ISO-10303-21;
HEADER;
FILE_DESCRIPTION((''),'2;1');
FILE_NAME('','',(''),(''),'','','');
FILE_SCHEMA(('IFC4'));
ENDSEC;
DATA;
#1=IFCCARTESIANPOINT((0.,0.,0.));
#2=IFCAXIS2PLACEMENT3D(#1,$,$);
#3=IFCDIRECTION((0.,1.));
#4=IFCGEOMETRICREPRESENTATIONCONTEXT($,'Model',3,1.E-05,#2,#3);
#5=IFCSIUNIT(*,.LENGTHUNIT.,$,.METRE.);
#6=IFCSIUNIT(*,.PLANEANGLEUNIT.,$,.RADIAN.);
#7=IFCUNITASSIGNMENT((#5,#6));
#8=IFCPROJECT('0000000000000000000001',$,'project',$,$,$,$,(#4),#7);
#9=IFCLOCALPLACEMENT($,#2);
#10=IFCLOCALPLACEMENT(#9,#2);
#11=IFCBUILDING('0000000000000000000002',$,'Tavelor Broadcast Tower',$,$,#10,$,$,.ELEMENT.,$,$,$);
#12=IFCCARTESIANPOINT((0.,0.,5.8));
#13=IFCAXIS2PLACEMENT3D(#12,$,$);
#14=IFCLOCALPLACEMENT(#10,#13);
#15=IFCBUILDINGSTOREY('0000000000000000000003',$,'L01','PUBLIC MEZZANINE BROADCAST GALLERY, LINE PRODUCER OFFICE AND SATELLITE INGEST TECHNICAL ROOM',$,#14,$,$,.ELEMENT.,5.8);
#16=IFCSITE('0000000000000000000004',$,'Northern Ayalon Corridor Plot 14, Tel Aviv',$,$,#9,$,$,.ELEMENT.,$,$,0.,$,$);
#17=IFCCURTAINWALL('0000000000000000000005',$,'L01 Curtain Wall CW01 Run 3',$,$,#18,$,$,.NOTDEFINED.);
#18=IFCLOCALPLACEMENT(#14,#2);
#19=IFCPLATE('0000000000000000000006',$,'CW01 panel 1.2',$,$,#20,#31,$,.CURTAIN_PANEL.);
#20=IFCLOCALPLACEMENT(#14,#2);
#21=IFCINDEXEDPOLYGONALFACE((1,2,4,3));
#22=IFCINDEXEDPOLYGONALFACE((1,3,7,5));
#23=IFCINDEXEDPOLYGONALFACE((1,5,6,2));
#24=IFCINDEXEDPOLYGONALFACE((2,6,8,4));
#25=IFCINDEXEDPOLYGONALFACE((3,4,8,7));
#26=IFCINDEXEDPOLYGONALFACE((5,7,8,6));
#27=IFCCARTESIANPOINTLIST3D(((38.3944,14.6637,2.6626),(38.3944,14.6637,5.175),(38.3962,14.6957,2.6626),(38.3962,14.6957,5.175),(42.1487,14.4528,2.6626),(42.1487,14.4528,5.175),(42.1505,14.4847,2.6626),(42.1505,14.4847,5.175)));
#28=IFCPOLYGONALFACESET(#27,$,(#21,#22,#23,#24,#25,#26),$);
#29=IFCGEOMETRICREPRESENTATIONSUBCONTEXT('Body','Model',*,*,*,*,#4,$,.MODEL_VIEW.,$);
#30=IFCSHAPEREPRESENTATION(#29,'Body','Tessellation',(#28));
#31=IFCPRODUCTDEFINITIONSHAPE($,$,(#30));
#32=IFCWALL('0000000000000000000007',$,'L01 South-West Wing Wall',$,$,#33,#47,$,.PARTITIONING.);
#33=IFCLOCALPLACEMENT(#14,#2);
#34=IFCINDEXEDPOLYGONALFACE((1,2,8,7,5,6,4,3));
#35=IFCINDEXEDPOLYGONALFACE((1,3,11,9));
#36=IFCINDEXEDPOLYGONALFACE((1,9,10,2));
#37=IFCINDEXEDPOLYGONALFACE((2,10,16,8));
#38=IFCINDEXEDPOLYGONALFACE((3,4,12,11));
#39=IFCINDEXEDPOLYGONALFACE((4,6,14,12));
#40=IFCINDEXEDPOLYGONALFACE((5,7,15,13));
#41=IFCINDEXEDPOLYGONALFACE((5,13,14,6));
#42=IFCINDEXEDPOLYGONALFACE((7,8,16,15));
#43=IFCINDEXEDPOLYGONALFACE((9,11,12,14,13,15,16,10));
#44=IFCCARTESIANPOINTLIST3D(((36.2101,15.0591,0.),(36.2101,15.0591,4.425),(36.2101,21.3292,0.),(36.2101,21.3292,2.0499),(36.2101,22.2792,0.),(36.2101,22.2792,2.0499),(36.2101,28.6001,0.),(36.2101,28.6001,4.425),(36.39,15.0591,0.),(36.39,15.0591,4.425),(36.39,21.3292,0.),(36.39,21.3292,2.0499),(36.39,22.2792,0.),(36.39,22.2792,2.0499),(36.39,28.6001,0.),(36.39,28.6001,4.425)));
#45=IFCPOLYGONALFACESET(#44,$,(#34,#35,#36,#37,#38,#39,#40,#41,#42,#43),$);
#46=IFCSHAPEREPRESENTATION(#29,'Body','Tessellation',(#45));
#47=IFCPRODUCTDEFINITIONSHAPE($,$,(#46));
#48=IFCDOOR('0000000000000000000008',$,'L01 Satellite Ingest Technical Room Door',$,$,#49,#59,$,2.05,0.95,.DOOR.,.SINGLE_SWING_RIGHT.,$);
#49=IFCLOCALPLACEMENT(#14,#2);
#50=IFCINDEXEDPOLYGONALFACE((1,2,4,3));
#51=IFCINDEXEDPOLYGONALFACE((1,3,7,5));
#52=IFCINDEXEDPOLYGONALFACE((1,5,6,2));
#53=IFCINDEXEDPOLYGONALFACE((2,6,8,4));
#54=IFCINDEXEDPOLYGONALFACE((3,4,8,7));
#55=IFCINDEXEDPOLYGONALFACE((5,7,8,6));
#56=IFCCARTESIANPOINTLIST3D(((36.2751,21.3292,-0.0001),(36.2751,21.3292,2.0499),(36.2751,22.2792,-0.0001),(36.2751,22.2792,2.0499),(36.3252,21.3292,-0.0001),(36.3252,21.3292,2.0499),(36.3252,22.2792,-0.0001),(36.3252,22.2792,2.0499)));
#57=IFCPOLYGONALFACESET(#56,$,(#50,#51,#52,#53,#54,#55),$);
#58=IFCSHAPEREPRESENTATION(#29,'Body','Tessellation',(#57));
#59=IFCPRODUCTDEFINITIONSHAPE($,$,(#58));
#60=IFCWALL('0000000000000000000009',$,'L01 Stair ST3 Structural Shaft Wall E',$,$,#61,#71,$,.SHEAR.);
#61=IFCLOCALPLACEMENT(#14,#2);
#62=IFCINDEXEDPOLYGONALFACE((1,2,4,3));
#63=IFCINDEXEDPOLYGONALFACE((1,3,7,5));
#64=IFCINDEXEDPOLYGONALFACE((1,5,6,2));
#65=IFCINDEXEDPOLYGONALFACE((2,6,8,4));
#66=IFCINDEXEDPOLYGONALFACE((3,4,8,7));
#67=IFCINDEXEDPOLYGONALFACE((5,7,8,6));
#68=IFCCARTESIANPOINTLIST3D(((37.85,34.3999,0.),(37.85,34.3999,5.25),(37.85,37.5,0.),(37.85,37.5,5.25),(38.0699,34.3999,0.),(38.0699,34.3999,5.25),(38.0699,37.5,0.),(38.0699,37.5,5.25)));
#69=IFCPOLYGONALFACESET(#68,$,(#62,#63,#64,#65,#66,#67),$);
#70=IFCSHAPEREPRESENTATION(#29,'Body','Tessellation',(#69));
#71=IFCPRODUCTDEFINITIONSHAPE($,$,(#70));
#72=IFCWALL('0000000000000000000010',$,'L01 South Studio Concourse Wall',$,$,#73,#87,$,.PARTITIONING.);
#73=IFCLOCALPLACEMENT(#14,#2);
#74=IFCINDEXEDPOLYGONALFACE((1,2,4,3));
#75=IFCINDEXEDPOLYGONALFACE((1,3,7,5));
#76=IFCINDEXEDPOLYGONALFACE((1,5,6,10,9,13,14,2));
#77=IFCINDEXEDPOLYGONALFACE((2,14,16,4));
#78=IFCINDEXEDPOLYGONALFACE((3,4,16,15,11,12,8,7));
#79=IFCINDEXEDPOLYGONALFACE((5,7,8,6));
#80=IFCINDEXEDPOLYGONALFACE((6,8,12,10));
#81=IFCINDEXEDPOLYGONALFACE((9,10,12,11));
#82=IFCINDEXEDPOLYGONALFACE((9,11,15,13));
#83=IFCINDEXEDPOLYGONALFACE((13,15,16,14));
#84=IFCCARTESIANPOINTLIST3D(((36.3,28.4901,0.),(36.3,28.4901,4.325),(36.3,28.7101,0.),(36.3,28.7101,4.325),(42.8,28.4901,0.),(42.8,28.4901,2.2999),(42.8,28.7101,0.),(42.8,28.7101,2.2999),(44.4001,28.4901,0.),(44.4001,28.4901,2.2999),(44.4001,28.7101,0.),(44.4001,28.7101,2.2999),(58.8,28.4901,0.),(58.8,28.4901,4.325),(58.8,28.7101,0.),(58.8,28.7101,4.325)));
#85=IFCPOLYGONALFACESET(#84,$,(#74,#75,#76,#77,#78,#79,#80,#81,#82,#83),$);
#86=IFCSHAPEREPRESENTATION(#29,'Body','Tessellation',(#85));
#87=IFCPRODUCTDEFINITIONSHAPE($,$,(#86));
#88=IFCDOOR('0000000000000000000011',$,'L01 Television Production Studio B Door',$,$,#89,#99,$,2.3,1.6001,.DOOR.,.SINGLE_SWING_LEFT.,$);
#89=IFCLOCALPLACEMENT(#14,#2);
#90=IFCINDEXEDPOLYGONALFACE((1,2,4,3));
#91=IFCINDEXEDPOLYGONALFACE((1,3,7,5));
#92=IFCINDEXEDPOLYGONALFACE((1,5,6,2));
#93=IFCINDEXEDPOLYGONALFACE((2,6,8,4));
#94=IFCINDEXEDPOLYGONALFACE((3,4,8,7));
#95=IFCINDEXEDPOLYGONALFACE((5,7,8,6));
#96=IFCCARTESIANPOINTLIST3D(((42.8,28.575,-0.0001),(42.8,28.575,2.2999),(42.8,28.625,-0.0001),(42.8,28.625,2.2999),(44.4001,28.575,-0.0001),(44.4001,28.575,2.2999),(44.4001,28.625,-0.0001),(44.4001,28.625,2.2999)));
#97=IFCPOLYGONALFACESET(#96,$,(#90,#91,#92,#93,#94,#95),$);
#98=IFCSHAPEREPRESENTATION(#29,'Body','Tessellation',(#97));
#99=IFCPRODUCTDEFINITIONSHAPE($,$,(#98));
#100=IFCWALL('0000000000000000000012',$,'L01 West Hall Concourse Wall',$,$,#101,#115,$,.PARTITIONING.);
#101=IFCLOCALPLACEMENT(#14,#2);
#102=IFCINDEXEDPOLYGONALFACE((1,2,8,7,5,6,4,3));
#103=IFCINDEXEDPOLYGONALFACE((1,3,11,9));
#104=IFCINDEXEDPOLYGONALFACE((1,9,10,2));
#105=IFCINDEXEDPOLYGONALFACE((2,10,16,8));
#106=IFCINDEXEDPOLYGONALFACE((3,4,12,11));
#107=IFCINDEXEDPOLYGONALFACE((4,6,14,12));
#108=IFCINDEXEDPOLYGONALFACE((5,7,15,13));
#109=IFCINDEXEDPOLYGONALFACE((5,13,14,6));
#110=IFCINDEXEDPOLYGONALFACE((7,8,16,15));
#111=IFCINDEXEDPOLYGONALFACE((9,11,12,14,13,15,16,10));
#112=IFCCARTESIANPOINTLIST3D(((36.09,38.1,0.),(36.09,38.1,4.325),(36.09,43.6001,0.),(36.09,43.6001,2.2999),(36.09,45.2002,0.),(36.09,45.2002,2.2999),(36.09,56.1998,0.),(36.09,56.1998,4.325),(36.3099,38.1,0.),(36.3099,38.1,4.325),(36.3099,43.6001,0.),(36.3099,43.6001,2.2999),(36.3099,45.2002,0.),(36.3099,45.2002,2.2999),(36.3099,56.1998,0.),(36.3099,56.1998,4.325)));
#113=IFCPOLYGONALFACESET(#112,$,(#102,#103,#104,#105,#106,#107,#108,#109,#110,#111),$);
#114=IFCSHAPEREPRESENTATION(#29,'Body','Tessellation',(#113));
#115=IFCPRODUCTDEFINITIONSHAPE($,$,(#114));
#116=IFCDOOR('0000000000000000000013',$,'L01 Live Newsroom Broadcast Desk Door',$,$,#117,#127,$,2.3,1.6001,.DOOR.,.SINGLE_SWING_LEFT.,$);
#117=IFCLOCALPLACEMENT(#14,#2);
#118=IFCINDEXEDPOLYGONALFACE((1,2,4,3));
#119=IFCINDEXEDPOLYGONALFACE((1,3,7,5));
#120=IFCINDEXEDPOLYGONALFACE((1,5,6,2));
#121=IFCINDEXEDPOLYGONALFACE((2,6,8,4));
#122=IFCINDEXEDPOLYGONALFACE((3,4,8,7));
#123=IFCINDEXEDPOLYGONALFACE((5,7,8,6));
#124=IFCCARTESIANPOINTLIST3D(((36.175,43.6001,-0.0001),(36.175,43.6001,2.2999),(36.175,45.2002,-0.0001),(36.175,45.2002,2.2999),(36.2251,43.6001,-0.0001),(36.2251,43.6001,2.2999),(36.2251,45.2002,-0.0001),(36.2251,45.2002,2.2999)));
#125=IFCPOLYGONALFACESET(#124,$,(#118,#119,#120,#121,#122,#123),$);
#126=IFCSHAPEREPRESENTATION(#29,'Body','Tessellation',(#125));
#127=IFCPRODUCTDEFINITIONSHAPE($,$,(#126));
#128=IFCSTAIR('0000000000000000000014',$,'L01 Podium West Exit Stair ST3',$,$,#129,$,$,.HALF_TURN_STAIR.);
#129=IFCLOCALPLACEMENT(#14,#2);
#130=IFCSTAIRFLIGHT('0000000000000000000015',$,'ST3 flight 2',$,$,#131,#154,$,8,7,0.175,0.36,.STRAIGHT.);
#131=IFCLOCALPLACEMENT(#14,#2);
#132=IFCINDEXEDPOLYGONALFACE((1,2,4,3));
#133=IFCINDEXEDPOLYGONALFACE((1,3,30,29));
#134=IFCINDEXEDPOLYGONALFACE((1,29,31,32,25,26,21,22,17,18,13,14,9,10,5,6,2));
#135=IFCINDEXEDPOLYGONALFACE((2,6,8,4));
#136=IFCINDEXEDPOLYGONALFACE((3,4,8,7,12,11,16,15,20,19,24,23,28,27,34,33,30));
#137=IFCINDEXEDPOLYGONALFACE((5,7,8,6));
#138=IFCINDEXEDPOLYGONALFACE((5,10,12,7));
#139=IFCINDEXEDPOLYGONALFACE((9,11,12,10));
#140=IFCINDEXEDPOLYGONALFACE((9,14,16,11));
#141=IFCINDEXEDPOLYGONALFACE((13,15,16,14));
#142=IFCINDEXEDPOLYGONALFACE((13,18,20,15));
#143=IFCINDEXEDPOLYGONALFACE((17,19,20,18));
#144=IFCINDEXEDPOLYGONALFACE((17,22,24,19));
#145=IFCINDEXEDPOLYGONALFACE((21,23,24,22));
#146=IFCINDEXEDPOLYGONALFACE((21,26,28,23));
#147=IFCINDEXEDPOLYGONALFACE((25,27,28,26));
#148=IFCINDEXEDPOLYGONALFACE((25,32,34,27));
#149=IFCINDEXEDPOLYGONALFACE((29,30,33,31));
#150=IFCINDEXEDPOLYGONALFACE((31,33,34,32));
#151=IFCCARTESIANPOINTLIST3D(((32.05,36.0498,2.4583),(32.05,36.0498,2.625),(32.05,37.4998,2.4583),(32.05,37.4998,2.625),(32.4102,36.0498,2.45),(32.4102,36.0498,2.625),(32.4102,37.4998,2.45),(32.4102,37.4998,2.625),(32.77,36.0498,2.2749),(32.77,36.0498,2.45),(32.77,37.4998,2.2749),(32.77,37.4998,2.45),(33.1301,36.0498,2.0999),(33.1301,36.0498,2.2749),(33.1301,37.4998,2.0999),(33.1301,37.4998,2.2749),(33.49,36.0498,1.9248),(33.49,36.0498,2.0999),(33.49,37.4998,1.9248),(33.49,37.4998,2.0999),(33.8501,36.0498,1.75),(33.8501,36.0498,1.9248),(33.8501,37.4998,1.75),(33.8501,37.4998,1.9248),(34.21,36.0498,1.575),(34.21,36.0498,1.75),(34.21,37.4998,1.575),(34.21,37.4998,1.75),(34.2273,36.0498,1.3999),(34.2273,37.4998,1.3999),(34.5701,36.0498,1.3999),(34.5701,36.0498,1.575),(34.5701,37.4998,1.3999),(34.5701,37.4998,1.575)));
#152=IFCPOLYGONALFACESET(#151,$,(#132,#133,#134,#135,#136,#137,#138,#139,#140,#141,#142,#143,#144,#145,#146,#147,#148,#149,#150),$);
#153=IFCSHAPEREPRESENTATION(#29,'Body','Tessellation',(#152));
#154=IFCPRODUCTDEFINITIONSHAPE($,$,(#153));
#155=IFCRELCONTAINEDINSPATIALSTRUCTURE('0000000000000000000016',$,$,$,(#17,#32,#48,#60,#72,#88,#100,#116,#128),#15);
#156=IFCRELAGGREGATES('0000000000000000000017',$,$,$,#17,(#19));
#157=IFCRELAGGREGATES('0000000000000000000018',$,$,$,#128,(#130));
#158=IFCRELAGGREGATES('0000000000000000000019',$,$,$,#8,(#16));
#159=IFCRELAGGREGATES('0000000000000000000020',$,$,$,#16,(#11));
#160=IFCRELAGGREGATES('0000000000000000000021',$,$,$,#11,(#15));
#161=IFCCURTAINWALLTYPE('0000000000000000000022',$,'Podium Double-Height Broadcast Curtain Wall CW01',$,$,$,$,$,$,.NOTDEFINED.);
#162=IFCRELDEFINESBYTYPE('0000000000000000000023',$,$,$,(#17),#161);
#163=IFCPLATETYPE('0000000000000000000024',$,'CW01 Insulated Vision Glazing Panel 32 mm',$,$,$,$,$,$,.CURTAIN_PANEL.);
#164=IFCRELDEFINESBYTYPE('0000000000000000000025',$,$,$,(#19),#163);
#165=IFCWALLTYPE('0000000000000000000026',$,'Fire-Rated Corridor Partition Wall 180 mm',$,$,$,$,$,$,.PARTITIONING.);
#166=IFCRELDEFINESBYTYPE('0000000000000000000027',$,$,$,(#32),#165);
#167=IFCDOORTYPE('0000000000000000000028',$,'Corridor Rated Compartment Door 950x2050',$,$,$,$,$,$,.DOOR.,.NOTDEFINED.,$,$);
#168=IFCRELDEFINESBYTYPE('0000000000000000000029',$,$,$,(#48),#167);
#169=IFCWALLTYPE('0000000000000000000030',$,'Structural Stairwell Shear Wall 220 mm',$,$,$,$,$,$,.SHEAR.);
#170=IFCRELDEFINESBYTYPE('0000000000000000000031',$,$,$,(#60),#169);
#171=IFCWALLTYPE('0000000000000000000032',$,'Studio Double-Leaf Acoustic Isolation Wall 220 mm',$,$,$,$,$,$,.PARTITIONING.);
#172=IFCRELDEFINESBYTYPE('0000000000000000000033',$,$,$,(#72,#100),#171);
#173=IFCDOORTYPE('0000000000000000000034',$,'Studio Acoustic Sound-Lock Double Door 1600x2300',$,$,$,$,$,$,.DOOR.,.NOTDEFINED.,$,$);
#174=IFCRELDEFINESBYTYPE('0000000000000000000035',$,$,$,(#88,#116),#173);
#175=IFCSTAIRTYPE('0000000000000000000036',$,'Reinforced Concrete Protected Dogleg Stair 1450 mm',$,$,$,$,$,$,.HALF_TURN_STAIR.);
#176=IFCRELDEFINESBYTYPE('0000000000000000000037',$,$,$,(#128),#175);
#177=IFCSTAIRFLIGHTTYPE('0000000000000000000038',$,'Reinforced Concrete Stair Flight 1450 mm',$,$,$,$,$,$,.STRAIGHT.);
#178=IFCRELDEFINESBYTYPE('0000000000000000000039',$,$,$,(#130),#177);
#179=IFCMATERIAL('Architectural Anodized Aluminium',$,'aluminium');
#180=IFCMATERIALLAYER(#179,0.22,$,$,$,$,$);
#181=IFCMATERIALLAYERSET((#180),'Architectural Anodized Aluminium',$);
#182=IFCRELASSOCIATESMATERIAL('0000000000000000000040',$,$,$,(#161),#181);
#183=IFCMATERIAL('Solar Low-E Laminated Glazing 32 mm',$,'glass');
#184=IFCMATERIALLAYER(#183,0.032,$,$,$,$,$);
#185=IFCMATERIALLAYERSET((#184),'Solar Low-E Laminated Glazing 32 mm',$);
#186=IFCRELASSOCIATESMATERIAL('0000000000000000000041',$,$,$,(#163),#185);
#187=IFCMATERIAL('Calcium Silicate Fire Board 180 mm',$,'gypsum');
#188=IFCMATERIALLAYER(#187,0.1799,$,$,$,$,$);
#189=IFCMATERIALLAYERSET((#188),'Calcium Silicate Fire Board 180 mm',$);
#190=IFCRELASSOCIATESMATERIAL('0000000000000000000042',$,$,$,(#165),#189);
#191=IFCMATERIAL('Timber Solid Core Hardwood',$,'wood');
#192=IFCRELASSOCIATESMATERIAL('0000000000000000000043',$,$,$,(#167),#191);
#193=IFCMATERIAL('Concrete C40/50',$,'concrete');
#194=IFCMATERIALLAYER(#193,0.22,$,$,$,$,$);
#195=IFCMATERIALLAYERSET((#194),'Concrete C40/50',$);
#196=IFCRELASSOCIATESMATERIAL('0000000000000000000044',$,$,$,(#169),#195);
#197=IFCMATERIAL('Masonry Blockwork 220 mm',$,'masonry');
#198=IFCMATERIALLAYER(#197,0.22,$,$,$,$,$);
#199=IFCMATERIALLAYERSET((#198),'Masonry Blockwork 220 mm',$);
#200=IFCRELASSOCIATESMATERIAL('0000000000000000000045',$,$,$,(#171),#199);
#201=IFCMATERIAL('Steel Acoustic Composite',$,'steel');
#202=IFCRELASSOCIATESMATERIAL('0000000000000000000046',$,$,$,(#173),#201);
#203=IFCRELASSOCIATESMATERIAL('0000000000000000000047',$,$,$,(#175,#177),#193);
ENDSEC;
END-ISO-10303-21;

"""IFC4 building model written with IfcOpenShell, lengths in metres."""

from ifc_helpers import new_model, si_unit, direction, frame, frame_2d, origin, origin_2d, place, context, subcontext, project, spatial, polyline, rectangle, outline, extrude, source, transform, mapped, material, layer, layer_set, type_object, type_shapes, element, fill, aggregate, save


model = new_model("IFC4")

# Units and contexts
model_context = context("Model", 3, precision=1e-05, world=origin(), true_north=direction((0.0, 1.0)))
body_context = subcontext(model_context, "Body", "Model", "MODEL_VIEW")
ifc_project = project(units=[si_unit("LENGTHUNIT", "METRE"), si_unit("PLANEANGLEUNIT", "RADIAN")], contexts=[model_context])

# Site, building, storey
site_placement = place(None, origin())
site = spatial("IfcSite", under=ifc_project, at=site_placement, Name="Northern Ayalon Corridor Plot 14, Tel Aviv", CompositionType="ELEMENT", RefElevation=0.0)
building_placement = place(site_placement, origin())
building = spatial("IfcBuilding", under=site, at=building_placement, Name="Tavelor Broadcast Tower", CompositionType="ELEMENT")
storey_placement = place(building_placement, frame((0.0, 0.0, 5.8)))
storey = spatial("IfcBuildingStorey", under=building, at=storey_placement, Name="L01", Description="PUBLIC MEZZANINE BROADCAST GALLERY, LINE PRODUCER OFFICE AND SATELLITE INGEST TECHNICAL ROOM", CompositionType="ELEMENT", Elevation=5.8)

# Curtain wall
ifc_material_1 = material(Name="Architectural Anodized Aluminium", Category="aluminium")
ifc_layer_1 = layer(ifc_material_1, 0.22)
ifc_layer_set_1 = layer_set([ifc_layer_1], Name="Architectural Anodized Aluminium")
curtain_wall_type = type_object("IfcCurtainWallType", Name="Podium Double-Height Broadcast Curtain Wall CW01", PredefinedType="NOTDEFINED", material=ifc_layer_set_1)
curtain_wall_placement = place(storey_placement, origin())
curtain_wall = element("IfcCurtainWall", 1, at=curtain_wall_placement, inside=storey, type_object=curtain_wall_type, Name="L01 Curtain Wall CW01 Run 3", PredefinedType="NOTDEFINED")

# Plate
ifc_material_2 = material(Name="Solar Low-E Laminated Glazing 32 mm", Category="glass")
ifc_layer_2 = layer(ifc_material_2, 0.032)
ifc_layer_set_2 = layer_set([ifc_layer_2], Name="Solar Low-E Laminated Glazing 32 mm")
plate_type_1 = type_object("IfcPlateType", Name="CW01 Insulated Vision Glazing Panel 32 mm", PredefinedType="CURTAIN_PANEL", material=ifc_layer_set_2)
shared_shape_1 = source(origin(), body_context, "Body", "SweptSolid", [
    extrude(rectangle(XDim=3.7603, YDim=0.032, at=origin_2d()), origin(), (0.0, 0.0, 1.0), 2.5125),
])
type_shapes(plate_type_1, [shared_shape_1])
plate_1_placement = place(storey_placement, frame((40.2725, 14.5742, 2.6626), z_axis=(0.0, 0.0, 1.0), x_axis=(0.998425, -0.056103, 0.0)))
plate_1 = element("IfcPlate", 2, at=plate_1_placement, type_object=plate_type_1, Name="CW01 panel 1.2", PredefinedType="CURTAIN_PANEL", context=body_context, shape_type="MappedRepresentation", body=[
    mapped(shared_shape_1, transform((0.0, 0.0, 0.0), scale=1.0)),
])
aggregate(curtain_wall, [plate_1])

# Wall, opening, door
ifc_material_3 = material(Name="Calcium Silicate Fire Board 180 mm", Category="gypsum")
ifc_layer_3 = layer(ifc_material_3, 0.1799)
ifc_layer_set_3 = layer_set([ifc_layer_3], Name="Calcium Silicate Fire Board 180 mm")
wall_type_1 = type_object("IfcWallType", Name="Fire-Rated Corridor Partition Wall 180 mm", PredefinedType="PARTITIONING", material=ifc_layer_set_3)
wall_1_placement = place(storey_placement, frame((36.3, 15.0591, 0.0), z_axis=(0.0, 0.0, 1.0), x_axis=(0.0, 1.0, 0.0)))
wall_1 = element("IfcWall", 3, at=wall_1_placement, inside=storey, type_object=wall_type_1, Name="L01 South-West Wing Wall", PredefinedType="PARTITIONING", context=body_context, shape_type="SweptSolid", body=[
    extrude(rectangle(XDim=13.541, YDim=0.1799, at=frame_2d((6.7705, 0.0))), origin(), (0.0, 0.0, 1.0), 4.425),
])
opening_1_placement = place(wall_1_placement, frame((6.27, 0.0, 0.0)))
opening_1 = element("IfcOpeningElement", 4, at=opening_1_placement, cuts=wall_1, PredefinedType="OPENING", context=body_context, shape_type="SweptSolid", body=[
    extrude(rectangle(XDim=0.95, YDim=2.05, at=frame_2d((0.4751, 1.0249))), frame((0.0, 0.1001, 0.0), z_axis=(0.0, -1.0, 0.0), x_axis=(1.0, 0.0, 0.0)), (0.0, 0.0, 1.0), 0.2),
])
ifc_material_4 = material(Name="Timber Solid Core Hardwood", Category="wood")
door_type_1 = type_object("IfcDoorType", Name="Corridor Rated Compartment Door 950x2050", OperationType="NOTDEFINED", PredefinedType="DOOR", material=ifc_material_4)
door_1_placement = place(opening_1_placement, origin())
door_1 = element("IfcDoor", 5, at=door_1_placement, inside=storey, type_object=door_type_1, Name="L01 Satellite Ingest Technical Room Door", OperationType="SINGLE_SWING_RIGHT", OverallHeight=2.05, OverallWidth=0.95, PredefinedType="DOOR", context=body_context, shape_type="SweptSolid", body=[
    extrude(rectangle(XDim=0.95, YDim=2.05, at=frame_2d((0.4751, 1.0249))), frame((0.0, 0.0249, 0.0), z_axis=(0.0, -1.0, 0.0), x_axis=(1.0, 0.0, 0.0)), (0.0, 0.0, 1.0), 0.05),
])
fill(opening_1, door_1)

# Wall
ifc_material_5 = material(Name="Concrete C40/50", Category="concrete")
ifc_layer_4 = layer(ifc_material_5, 0.22)
ifc_layer_set_4 = layer_set([ifc_layer_4], Name="Concrete C40/50")
wall_type_2 = type_object("IfcWallType", Name="Structural Stairwell Shear Wall 220 mm", PredefinedType="SHEAR", material=ifc_layer_set_4)
wall_2_placement = place(storey_placement, frame((37.96, 34.3999, 0.0), z_axis=(0.0, 0.0, 1.0), x_axis=(0.0, 1.0, 0.0)))
element("IfcWall", 6, at=wall_2_placement, inside=storey, type_object=wall_type_2, Name="L01 Stair ST3 Structural Shaft Wall E", PredefinedType="SHEAR", context=body_context, shape_type="SweptSolid", body=[
    extrude(rectangle(XDim=3.1001, YDim=0.22, at=frame_2d((1.55, 0.0))), origin(), (0.0, 0.0, 1.0), 5.25),
])

# Walls, openings, doors
ifc_material_6 = material(Name="Masonry Blockwork 220 mm", Category="masonry")
ifc_layer_5 = layer(ifc_material_6, 0.22)
ifc_layer_set_5 = layer_set([ifc_layer_5], Name="Masonry Blockwork 220 mm")
wall_type_3 = type_object("IfcWallType", Name="Studio Double-Leaf Acoustic Isolation Wall 220 mm", PredefinedType="PARTITIONING", material=ifc_layer_set_5)
wall_3_placement = place(storey_placement, frame((36.3, 28.6001, 0.0), z_axis=(0.0, 0.0, 1.0), x_axis=(1.0, 0.0, 0.0)))
wall_3 = element("IfcWall", 7, at=wall_3_placement, inside=storey, type_object=wall_type_3, Name="L01 South Studio Concourse Wall", PredefinedType="PARTITIONING", context=body_context, shape_type="SweptSolid", body=[
    extrude(rectangle(XDim=22.5, YDim=0.22, at=frame_2d((11.25, 0.0))), origin(), (0.0, 0.0, 1.0), 4.325),
])
opening_2_placement = place(wall_3_placement, frame((6.5, 0.0, 0.0)))
opening_2 = element("IfcOpeningElement", 8, at=opening_2_placement, cuts=wall_3, PredefinedType="OPENING", context=body_context, shape_type="SweptSolid", body=[
    extrude(rectangle(XDim=1.6001, YDim=2.3, at=frame_2d((0.8, 1.1499))), frame((0.0, 0.1201, 0.0), z_axis=(0.0, -1.0, 0.0), x_axis=(1.0, 0.0, 0.0)), (0.0, 0.0, 1.0), 0.24),
])
ifc_material_7 = material(Name="Steel Acoustic Composite", Category="steel")
door_type_2 = type_object("IfcDoorType", Name="Studio Acoustic Sound-Lock Double Door 1600x2300", OperationType="NOTDEFINED", PredefinedType="DOOR", material=ifc_material_7)
door_2_placement = place(opening_2_placement, origin())
door_2 = element("IfcDoor", 9, at=door_2_placement, inside=storey, type_object=door_type_2, Name="L01 Television Production Studio B Door", OperationType="SINGLE_SWING_LEFT", OverallHeight=2.3, OverallWidth=1.6001, PredefinedType="DOOR", context=body_context, shape_type="SweptSolid", body=[
    extrude(rectangle(XDim=1.6001, YDim=2.3, at=frame_2d((0.8, 1.1499))), frame((0.0, 0.0249, 0.0), z_axis=(0.0, -1.0, 0.0), x_axis=(1.0, 0.0, 0.0)), (0.0, 0.0, 1.0), 0.05),
])
fill(opening_2, door_2)
wall_4_placement = place(storey_placement, frame((36.2, 38.1001, 0.0), z_axis=(0.0, 0.0, 1.0), x_axis=(0.0, 1.0, 0.0)))
wall_4 = element("IfcWall", 10, at=wall_4_placement, inside=storey, type_object=wall_type_3, Name="L01 West Hall Concourse Wall", PredefinedType="PARTITIONING", context=body_context, shape_type="SweptSolid", body=[
    extrude(rectangle(XDim=18.0999, YDim=0.22, at=frame_2d((9.0498, 0.0))), origin(), (0.0, 0.0, 1.0), 4.325),
])
opening_3_placement = place(wall_4_placement, frame((5.5, 0.0, 0.0)))
opening_3 = element("IfcOpeningElement", 11, at=opening_3_placement, cuts=wall_4, PredefinedType="OPENING", context=body_context, shape_type="SweptSolid", body=[
    extrude(rectangle(XDim=1.6001, YDim=2.3, at=frame_2d((0.8, 1.1499))), frame((0.0, 0.1201, 0.0), z_axis=(0.0, -1.0, 0.0), x_axis=(1.0, 0.0, 0.0)), (0.0, 0.0, 1.0), 0.24),
])
door_3_placement = place(opening_3_placement, origin())
door_3 = element("IfcDoor", 12, at=door_3_placement, inside=storey, type_object=door_type_2, Name="L01 Live Newsroom Broadcast Desk Door", OperationType="SINGLE_SWING_LEFT", OverallHeight=2.3, OverallWidth=1.6001, PredefinedType="DOOR", context=body_context, shape_type="SweptSolid", body=[
    extrude(rectangle(XDim=1.6001, YDim=2.3, at=frame_2d((0.8, 1.1499))), frame((0.0, 0.0249, 0.0), z_axis=(0.0, -1.0, 0.0), x_axis=(1.0, 0.0, 0.0)), (0.0, 0.0, 1.0), 0.05),
])
fill(opening_3, door_3)

# Stair, stair flight
stair_type = type_object("IfcStairType", Name="Reinforced Concrete Protected Dogleg Stair 1450 mm", PredefinedType="HALF_TURN_STAIR", material=ifc_material_5)
stair_placement = place(storey_placement, origin())
stair = element("IfcStair", 13, at=stair_placement, inside=storey, type_object=stair_type, Name="L01 Podium West Exit Stair ST3", PredefinedType="HALF_TURN_STAIR")
stair_flight_type = type_object("IfcStairFlightType", Name="Reinforced Concrete Stair Flight 1450 mm", PredefinedType="STRAIGHT", material=ifc_material_5)
stair_flight_1_placement = place(storey_placement, frame((34.5701, 36.7749, 1.3999), z_axis=(0.0, 0.0, 1.0), x_axis=(-1.0, 0.0, 0.0)))
stair_flight_1 = element("IfcStairFlight", 14, at=stair_flight_1_placement, type_object=stair_flight_type, Name="ST3 flight 2", NumberOfRisers=8, NumberOfTreads=7, PredefinedType="STRAIGHT", RiserHeight=0.175, TreadLength=0.36, context=body_context, shape_type="SweptSolid", body=[
    extrude(outline(polyline([(0.0, 0.0), (0.0, 0.175), (0.3601, 0.175), (0.3601, 0.3501), (0.72, 0.3501), (0.72, 0.5249), (1.0801, 0.5249), (1.0801, 0.7), (1.4399, 0.7), (1.4399, 0.875), (1.8, 0.875), (1.8, 1.05), (2.1599, 1.05), (2.1599, 1.2251), (2.52, 1.2251), (2.52, 1.3999), (2.52, 1.0583), (0.3428, 0.0), (0.0, 0.0)])), frame((0.0, 0.7251, 0.0), z_axis=(0.0, -1.0, 0.0), x_axis=(1.0, 0.0, 0.0)), (0.0, 0.0, 1.0), 1.45),
])
aggregate(stair, [stair_flight_1])

save(model, "model.ifc")
